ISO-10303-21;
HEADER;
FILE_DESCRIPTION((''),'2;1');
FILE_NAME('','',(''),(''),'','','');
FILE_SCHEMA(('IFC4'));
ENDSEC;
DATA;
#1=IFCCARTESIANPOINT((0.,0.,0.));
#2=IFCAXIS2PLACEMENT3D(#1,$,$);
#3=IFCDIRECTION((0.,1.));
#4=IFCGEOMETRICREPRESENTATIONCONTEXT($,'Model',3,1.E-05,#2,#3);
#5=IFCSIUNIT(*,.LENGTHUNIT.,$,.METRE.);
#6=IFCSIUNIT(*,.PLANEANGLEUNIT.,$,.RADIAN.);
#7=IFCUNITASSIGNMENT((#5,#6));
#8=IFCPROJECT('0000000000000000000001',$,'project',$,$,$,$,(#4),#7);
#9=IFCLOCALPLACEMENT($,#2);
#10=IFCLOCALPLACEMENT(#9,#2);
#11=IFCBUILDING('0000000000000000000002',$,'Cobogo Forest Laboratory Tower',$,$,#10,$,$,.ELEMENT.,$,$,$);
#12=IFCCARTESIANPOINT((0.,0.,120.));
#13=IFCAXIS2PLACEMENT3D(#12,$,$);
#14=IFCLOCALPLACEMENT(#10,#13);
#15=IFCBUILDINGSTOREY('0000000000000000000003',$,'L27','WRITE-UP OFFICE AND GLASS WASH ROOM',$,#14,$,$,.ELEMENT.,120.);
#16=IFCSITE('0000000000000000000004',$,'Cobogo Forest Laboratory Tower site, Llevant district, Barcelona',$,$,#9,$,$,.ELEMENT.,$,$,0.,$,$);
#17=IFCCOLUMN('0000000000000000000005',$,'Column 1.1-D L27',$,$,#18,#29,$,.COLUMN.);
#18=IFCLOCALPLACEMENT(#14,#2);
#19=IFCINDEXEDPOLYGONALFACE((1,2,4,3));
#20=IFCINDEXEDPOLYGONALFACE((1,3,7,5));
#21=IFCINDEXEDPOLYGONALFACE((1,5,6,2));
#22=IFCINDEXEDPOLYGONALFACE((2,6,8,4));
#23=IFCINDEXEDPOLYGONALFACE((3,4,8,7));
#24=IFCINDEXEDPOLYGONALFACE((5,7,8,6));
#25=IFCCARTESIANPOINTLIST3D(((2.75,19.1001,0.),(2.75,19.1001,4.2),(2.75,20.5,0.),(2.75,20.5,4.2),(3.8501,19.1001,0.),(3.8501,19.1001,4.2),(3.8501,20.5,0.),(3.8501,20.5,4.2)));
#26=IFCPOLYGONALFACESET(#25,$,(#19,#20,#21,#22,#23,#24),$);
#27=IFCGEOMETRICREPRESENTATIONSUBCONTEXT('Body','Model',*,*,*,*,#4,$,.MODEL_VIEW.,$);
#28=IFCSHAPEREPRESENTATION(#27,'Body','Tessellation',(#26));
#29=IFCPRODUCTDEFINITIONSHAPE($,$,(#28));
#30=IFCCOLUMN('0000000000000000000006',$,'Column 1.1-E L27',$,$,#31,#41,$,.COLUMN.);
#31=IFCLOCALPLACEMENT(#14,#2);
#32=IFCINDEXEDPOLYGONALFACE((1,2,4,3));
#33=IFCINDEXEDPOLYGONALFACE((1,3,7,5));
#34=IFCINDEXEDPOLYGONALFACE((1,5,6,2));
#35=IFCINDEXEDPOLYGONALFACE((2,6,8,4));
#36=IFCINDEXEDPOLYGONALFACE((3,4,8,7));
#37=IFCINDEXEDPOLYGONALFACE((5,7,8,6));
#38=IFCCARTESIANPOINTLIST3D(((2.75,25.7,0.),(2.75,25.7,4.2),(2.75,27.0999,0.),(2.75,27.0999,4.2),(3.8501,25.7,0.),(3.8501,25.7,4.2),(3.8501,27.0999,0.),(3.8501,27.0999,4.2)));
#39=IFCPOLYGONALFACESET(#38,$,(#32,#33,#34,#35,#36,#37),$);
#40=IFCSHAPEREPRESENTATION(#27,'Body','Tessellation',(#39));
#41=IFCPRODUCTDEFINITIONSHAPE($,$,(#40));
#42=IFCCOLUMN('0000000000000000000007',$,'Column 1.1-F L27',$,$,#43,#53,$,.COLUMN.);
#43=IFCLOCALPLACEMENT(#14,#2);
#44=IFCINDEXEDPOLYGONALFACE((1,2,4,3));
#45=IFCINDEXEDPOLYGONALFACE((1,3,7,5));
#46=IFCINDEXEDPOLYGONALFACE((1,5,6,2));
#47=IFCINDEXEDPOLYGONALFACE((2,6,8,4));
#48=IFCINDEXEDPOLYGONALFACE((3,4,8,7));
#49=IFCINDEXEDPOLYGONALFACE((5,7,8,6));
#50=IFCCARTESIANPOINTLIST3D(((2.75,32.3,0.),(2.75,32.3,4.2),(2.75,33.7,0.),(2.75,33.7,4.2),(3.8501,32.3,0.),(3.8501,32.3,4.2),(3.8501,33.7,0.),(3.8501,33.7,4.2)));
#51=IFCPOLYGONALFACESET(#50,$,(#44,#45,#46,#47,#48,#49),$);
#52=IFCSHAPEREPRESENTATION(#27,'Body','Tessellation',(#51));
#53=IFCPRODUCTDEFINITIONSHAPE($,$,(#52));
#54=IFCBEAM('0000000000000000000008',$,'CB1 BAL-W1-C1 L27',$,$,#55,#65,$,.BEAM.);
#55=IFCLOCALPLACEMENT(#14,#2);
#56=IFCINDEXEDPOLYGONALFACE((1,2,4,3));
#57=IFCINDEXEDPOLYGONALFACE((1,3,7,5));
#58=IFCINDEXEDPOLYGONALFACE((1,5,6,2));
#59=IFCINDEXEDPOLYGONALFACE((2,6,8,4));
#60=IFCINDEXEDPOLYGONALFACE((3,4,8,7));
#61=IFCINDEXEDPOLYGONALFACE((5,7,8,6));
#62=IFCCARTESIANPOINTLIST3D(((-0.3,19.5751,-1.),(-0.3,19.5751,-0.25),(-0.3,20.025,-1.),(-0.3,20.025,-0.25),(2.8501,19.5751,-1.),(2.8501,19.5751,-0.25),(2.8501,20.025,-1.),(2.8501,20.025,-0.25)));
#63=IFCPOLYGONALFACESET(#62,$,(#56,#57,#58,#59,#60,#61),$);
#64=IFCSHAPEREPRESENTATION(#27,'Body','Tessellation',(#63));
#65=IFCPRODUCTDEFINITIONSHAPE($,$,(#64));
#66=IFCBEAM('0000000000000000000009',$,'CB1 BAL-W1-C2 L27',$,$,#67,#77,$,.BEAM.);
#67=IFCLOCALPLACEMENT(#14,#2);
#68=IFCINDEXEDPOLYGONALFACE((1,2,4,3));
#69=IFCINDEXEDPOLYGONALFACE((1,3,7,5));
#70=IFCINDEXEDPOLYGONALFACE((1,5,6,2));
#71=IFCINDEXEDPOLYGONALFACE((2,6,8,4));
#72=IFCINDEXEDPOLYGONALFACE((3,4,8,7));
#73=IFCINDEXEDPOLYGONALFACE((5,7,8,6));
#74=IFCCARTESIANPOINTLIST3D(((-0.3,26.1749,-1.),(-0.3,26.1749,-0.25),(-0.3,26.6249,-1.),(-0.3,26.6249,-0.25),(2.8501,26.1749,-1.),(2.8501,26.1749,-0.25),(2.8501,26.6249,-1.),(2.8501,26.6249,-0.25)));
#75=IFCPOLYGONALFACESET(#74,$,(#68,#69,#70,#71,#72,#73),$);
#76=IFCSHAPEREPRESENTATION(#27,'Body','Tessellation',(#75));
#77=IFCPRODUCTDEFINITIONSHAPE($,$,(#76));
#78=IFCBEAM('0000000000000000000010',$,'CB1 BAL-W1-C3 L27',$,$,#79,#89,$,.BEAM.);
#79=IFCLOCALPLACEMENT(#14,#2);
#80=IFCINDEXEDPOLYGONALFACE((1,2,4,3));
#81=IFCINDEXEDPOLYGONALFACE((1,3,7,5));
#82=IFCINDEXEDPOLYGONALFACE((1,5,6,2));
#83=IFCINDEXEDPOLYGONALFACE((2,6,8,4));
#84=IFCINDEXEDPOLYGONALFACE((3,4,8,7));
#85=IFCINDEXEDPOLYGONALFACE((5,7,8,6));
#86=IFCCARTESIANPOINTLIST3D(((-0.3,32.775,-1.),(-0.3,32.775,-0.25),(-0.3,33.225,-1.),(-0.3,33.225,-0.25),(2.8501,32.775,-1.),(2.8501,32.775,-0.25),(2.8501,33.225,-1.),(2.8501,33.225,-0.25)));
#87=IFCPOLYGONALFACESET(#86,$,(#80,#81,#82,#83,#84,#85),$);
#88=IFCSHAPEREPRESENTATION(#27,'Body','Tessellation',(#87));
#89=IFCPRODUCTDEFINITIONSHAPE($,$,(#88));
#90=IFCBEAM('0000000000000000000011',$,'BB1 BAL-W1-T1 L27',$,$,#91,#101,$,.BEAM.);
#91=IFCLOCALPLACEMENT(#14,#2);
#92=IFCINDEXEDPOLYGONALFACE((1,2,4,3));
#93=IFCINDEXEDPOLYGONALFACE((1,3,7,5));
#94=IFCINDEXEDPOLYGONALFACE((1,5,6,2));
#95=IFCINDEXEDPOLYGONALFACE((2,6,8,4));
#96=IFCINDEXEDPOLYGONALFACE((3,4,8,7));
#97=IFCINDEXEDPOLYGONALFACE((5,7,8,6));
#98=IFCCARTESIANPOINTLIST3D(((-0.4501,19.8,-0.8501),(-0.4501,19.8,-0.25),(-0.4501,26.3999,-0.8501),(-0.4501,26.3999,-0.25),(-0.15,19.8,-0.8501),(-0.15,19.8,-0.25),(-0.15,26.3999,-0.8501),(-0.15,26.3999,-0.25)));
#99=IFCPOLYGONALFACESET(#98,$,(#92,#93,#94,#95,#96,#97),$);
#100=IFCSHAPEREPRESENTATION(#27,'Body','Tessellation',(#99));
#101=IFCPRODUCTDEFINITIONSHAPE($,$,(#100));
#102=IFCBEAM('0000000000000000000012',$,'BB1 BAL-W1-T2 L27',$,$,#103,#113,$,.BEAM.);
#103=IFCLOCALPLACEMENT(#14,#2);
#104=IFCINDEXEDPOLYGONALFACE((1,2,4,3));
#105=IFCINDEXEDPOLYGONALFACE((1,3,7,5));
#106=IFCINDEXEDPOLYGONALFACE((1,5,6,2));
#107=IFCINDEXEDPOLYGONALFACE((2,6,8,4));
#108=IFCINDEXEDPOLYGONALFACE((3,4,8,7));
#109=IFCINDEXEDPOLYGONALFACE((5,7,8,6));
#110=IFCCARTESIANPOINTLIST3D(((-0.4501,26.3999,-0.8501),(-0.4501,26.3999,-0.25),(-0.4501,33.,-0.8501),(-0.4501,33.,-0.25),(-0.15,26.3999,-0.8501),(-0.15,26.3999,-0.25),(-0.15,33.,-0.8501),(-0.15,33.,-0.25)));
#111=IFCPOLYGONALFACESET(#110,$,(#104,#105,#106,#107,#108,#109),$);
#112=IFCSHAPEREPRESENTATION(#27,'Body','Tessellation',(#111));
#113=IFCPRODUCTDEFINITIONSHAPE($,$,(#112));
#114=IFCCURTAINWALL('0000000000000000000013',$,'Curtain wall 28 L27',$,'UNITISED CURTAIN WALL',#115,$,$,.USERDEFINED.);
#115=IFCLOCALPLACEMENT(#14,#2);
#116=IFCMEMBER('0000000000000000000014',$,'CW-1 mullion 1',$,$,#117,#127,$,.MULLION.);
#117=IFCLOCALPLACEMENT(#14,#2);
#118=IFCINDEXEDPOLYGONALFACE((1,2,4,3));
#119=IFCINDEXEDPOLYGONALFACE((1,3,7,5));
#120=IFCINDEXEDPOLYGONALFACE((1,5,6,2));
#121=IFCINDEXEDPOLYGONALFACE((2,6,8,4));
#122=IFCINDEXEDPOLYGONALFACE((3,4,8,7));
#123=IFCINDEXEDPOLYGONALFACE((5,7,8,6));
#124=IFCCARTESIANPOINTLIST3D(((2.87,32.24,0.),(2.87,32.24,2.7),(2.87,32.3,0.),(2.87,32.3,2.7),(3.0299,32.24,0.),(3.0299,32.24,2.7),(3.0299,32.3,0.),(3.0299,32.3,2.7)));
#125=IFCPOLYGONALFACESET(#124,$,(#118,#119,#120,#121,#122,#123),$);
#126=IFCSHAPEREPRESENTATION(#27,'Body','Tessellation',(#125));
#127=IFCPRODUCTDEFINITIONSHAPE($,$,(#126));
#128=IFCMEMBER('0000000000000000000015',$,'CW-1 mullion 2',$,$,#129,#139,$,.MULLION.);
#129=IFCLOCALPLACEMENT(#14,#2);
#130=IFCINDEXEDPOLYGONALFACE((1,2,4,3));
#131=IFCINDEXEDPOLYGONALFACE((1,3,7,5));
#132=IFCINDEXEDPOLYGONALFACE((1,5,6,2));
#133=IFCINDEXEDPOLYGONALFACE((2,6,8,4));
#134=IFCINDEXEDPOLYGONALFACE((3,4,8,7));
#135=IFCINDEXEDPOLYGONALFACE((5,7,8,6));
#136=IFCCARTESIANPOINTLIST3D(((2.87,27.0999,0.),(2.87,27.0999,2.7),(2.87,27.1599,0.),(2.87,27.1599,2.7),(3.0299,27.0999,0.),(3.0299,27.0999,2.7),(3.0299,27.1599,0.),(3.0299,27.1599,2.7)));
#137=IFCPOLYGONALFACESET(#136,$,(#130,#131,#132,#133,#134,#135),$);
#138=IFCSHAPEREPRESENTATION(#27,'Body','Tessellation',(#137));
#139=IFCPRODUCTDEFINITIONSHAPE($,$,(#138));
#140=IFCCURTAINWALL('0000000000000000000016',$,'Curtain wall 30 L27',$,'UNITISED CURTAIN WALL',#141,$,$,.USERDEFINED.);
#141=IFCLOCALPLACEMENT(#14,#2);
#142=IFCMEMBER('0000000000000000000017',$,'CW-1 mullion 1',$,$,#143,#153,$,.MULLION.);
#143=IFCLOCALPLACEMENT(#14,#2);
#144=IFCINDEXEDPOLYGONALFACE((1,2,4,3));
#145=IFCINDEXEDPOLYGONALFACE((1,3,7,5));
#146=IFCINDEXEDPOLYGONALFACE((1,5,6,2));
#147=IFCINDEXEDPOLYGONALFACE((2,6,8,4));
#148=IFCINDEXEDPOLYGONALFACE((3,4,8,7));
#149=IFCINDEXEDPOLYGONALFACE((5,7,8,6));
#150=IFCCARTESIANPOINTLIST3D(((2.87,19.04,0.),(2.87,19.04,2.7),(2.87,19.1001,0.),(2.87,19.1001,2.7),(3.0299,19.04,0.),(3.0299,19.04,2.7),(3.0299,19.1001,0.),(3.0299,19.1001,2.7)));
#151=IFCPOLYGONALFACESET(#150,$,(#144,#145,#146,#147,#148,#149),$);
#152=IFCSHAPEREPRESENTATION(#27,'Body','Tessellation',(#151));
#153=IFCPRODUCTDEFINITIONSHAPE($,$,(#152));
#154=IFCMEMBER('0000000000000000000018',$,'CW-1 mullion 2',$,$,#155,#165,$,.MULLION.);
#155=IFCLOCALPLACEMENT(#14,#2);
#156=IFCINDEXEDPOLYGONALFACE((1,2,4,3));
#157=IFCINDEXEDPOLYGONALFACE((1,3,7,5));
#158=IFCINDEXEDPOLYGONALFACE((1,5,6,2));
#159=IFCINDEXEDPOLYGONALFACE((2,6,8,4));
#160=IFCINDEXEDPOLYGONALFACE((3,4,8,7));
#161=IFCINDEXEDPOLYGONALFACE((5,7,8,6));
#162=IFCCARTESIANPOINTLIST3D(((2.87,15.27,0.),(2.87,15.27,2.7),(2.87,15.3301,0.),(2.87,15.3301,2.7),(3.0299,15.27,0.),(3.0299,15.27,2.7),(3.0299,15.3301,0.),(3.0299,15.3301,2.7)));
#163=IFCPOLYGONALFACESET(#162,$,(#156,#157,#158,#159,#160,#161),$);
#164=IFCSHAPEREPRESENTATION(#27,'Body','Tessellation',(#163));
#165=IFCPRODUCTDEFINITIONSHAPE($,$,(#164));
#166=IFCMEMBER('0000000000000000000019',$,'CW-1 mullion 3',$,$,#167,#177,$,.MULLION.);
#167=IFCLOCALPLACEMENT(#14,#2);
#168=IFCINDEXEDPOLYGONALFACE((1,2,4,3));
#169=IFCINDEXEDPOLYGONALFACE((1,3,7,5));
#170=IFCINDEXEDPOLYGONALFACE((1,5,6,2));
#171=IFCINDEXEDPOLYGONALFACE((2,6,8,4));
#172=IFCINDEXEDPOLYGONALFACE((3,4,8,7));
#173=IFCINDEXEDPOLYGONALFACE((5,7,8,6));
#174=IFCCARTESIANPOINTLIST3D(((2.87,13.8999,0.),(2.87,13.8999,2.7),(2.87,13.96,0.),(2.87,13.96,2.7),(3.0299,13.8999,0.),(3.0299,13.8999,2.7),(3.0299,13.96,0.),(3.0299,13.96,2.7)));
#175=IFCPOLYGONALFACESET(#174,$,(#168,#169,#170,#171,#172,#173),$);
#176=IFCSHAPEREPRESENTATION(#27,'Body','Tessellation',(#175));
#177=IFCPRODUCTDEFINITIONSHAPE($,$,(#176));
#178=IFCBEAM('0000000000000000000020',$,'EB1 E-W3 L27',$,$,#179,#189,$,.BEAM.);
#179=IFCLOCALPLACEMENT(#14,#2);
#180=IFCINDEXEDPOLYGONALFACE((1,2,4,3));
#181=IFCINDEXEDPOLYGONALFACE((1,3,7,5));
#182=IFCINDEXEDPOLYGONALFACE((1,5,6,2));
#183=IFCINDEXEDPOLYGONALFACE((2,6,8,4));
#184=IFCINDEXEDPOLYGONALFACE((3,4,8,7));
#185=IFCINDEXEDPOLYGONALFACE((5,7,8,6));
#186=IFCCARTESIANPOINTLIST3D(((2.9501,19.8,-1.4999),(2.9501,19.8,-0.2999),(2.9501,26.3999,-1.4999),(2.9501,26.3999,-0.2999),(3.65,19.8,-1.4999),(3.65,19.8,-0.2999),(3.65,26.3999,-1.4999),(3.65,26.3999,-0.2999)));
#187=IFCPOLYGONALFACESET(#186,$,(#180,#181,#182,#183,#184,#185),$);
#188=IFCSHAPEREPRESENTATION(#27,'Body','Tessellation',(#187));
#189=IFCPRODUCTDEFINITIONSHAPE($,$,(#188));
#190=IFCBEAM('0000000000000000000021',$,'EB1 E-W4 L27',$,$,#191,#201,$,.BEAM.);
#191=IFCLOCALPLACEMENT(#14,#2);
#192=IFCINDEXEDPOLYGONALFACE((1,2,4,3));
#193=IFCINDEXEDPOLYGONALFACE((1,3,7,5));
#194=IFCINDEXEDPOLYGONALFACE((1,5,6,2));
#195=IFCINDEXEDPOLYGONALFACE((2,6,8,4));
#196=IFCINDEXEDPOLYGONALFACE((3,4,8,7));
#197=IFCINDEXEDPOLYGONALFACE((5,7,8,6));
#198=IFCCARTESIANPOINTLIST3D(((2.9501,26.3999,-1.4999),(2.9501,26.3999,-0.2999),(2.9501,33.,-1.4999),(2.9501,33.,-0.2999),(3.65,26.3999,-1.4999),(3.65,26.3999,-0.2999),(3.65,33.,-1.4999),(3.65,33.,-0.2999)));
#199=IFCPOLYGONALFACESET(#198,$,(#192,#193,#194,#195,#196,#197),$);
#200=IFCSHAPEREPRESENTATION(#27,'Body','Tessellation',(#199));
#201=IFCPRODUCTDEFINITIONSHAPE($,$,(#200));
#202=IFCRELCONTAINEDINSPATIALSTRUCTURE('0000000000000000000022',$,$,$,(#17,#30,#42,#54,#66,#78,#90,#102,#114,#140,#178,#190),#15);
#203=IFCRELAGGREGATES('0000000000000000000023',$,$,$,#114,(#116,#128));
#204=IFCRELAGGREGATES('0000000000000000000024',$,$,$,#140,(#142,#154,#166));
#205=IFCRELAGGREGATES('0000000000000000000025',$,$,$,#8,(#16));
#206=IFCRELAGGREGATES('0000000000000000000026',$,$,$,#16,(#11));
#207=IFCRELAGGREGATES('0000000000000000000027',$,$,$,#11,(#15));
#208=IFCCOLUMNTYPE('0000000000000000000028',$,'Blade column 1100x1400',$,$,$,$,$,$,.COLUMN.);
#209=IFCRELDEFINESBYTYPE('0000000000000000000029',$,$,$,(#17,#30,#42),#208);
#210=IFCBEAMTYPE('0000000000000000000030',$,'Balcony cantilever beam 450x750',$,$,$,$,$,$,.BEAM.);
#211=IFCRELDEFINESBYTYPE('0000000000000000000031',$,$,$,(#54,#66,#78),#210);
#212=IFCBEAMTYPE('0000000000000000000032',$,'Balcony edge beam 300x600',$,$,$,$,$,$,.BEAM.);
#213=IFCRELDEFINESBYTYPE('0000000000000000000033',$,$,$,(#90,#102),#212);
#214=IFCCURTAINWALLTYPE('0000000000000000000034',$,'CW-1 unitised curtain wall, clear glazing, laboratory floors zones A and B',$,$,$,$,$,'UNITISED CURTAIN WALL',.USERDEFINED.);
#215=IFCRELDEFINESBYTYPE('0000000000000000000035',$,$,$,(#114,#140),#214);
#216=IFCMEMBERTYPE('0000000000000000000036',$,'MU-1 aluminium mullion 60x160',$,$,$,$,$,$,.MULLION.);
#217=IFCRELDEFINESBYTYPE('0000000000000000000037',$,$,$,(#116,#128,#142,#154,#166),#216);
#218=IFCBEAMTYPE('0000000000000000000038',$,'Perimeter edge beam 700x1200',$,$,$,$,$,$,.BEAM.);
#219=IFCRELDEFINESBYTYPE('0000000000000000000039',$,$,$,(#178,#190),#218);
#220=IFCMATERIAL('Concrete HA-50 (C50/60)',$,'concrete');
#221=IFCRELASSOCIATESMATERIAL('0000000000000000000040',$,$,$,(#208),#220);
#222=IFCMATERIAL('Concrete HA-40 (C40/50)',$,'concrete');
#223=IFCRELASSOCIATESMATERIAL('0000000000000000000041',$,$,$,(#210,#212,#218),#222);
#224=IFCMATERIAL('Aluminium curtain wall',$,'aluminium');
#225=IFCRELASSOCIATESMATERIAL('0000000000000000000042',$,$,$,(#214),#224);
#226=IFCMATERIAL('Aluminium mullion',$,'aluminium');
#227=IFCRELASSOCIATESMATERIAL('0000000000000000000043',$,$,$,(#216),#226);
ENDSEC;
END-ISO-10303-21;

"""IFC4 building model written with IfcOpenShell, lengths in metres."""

from ifc_helpers import new_model, si_unit, direction, frame, origin, origin_2d, place, context, subcontext, project, spatial, rectangle, extrude, material, material_profile, profile_set, type_object, element, aggregate, save


model = new_model("IFC4")

# Units and contexts
model_context = context("Model", 3, precision=1e-05, world=origin(), true_north=direction((0.0, 1.0)))
body_context = subcontext(model_context, "Body", "Model", "MODEL_VIEW")
ifc_project = project(units=[si_unit("LENGTHUNIT", "METRE"), si_unit("PLANEANGLEUNIT", "RADIAN")], contexts=[model_context])

# Site, building, storey
site_placement = place(None, origin())
site = spatial("IfcSite", under=ifc_project, at=site_placement, Name="Cobogo Forest Laboratory Tower site, Llevant district, Barcelona", CompositionType="ELEMENT", RefElevation=0.0)
building_placement = place(site_placement, origin())
building = spatial("IfcBuilding", under=site, at=building_placement, Name="Cobogo Forest Laboratory Tower", CompositionType="ELEMENT")
storey_placement = place(building_placement, frame((0.0, 0.0, 120.0)))
storey = spatial("IfcBuildingStorey", under=building, at=storey_placement, Name="L27", Description="WRITE-UP OFFICE AND GLASS WASH ROOM", CompositionType="ELEMENT", Elevation=120.0)

# Columns
ifc_material_1 = material(Name="Concrete HA-50 (C50/60)", Category="concrete")
ifc_material_profile_1 = material_profile(ifc_material_1, rectangle(XDim=1.3999, YDim=1.1001, at=origin_2d()), Name="RC 1100x1400")
ifc_profile_set_1 = profile_set([ifc_material_profile_1], Name="Concrete HA-50 (C50/60)")
column_type = type_object("IfcColumnType", Name="Blade column 1100x1400", PredefinedType="COLUMN", material=ifc_profile_set_1)
for number, where, z_axis, x_axis, name in (
    (1, (3.3, 19.8, 0.0), (0.0, 0.0, 1.0), (0.0, 1.0, 0.0), "Column 1.1-D L27"),
    (2, (3.3, 26.3999, 0.0), (0.0, 0.0, 1.0), (0.0, 1.0, 0.0), "Column 1.1-E L27"),
    (3, (3.3, 33.0, 0.0), (0.0, 0.0, 1.0), (0.0, 1.0, 0.0), "Column 1.1-F L27"),
):
    element("IfcColumn", number, at=place(storey_placement, frame(where, z_axis=z_axis, x_axis=x_axis)), inside=storey, type_object=column_type, Name=name, PredefinedType="COLUMN", context=body_context, shape_type="SweptSolid", body=[
        extrude(rectangle(XDim=1.3999, YDim=1.1001, at=origin_2d()), origin(), (0.0, 0.0, 1.0), 4.2),
    ])

# Beams
ifc_material_2 = material(Name="Concrete HA-40 (C40/50)", Category="concrete")
ifc_material_profile_2 = material_profile(ifc_material_2, rectangle(XDim=0.45, YDim=0.75, at=origin_2d()), Name="RC 450x750")
ifc_profile_set_2 = profile_set([ifc_material_profile_2], Name="Concrete HA-40 (C40/50)")
beam_type_1 = type_object("IfcBeamType", Name="Balcony cantilever beam 450x750", PredefinedType="BEAM", material=ifc_profile_set_2)
for number, where, z_axis, x_axis, name in (
    (4, (2.8501, 19.8, -0.625), (-1.0, 0.0, 0.0), (0.0, -1.0, 0.0), "CB1 BAL-W1-C1 L27"),
    (5, (2.8501, 26.3999, -0.625), (-1.0, 0.0, 0.0), (0.0, -1.0, 0.0), "CB1 BAL-W1-C2 L27"),
    (6, (2.8501, 33.0, -0.625), (-1.0, 0.0, 0.0), (0.0, -1.0, 0.0), "CB1 BAL-W1-C3 L27"),
):
    element("IfcBeam", number, at=place(storey_placement, frame(where, z_axis=z_axis, x_axis=x_axis)), inside=storey, type_object=beam_type_1, Name=name, PredefinedType="BEAM", context=body_context, shape_type="SweptSolid", body=[
        extrude(rectangle(XDim=0.45, YDim=0.75, at=origin_2d()), origin(), (0.0, 0.0, 1.0), 3.1501),
    ])
ifc_material_profile_3 = material_profile(ifc_material_2, rectangle(XDim=0.3, YDim=0.6001, at=origin_2d()), Name="RC 300x600")
ifc_profile_set_3 = profile_set([ifc_material_profile_3], Name="Concrete HA-40 (C40/50)")
beam_type_2 = type_object("IfcBeamType", Name="Balcony edge beam 300x600", PredefinedType="BEAM", material=ifc_profile_set_3)
beam_1_placement = place(storey_placement, frame((-0.3, 19.8, -0.55), z_axis=(0.0, 1.0, 0.0), x_axis=(-1.0, 0.0, 0.0)))
element("IfcBeam", 7, at=beam_1_placement, inside=storey, type_object=beam_type_2, Name="BB1 BAL-W1-T1 L27", PredefinedType="BEAM", context=body_context, shape_type="SweptSolid", body=[
    extrude(rectangle(XDim=0.3, YDim=0.6001, at=origin_2d()), origin(), (0.0, 0.0, 1.0), 6.5999),
])
beam_2_placement = place(storey_placement, frame((-0.3, 26.3999, -0.55), z_axis=(0.0, 1.0, 0.0), x_axis=(-1.0, 0.0, 0.0)))
element("IfcBeam", 8, at=beam_2_placement, inside=storey, type_object=beam_type_2, Name="BB1 BAL-W1-T2 L27", PredefinedType="BEAM", context=body_context, shape_type="SweptSolid", body=[
    extrude(rectangle(XDim=0.3, YDim=0.6001, at=origin_2d()), origin(), (0.0, 0.0, 1.0), 6.6001),
])

# Curtain walls, members
ifc_material_3 = material(Name="Aluminium curtain wall", Category="aluminium")
curtain_wall_type = type_object("IfcCurtainWallType", Name="CW-1 unitised curtain wall, clear glazing, laboratory floors zones A and B", ElementType="UNITISED CURTAIN WALL", PredefinedType="USERDEFINED", material=ifc_material_3)
curtain_wall_1_placement = place(storey_placement, origin())
curtain_wall_1 = element("IfcCurtainWall", 9, at=curtain_wall_1_placement, inside=storey, type_object=curtain_wall_type, Name="Curtain wall 28 L27", ObjectType="UNITISED CURTAIN WALL", PredefinedType="USERDEFINED")
ifc_material_4 = material(Name="Aluminium mullion", Category="aluminium")
ifc_material_profile_4 = material_profile(ifc_material_4, rectangle(XDim=0.0601, YDim=0.1599, at=origin_2d()), Name="AL 60x160")
ifc_profile_set_4 = profile_set([ifc_material_profile_4], Name="Aluminium mullion")
member_type_1 = type_object("IfcMemberType", Name="MU-1 aluminium mullion 60x160", PredefinedType="MULLION", material=ifc_profile_set_4)
member_1_placement = place(storey_placement, frame((2.95, 32.27, 0.0), z_axis=(0.0, 0.0, 1.0), x_axis=(0.0, -1.0, 0.0)))
member_1 = element("IfcMember", 10, at=member_1_placement, type_object=member_type_1, Name="CW-1 mullion 1", PredefinedType="MULLION", context=body_context, shape_type="SweptSolid", body=[
    extrude(rectangle(XDim=0.0601, YDim=0.1599, at=origin_2d()), origin(), (0.0, 0.0, 1.0), 2.7),
])
member_2_placement = place(storey_placement, frame((2.95, 27.1299, 0.0), z_axis=(0.0, 0.0, 1.0), x_axis=(0.0, -1.0, 0.0)))
member_2 = element("IfcMember", 11, at=member_2_placement, type_object=member_type_1, Name="CW-1 mullion 2", PredefinedType="MULLION", context=body_context, shape_type="SweptSolid", body=[
    extrude(rectangle(XDim=0.0601, YDim=0.1599, at=origin_2d()), origin(), (0.0, 0.0, 1.0), 2.7),
])
curtain_wall_2_placement = place(storey_placement, origin())
curtain_wall_2 = element("IfcCurtainWall", 12, at=curtain_wall_2_placement, inside=storey, type_object=curtain_wall_type, Name="Curtain wall 30 L27", ObjectType="UNITISED CURTAIN WALL", PredefinedType="USERDEFINED")
member_3_placement = place(storey_placement, frame((2.95, 19.0701, 0.0), z_axis=(0.0, 0.0, 1.0), x_axis=(0.0, -1.0, 0.0)))
member_3 = element("IfcMember", 13, at=member_3_placement, type_object=member_type_1, Name="CW-1 mullion 1", PredefinedType="MULLION", context=body_context, shape_type="SweptSolid", body=[
    extrude(rectangle(XDim=0.0601, YDim=0.1599, at=origin_2d()), origin(), (0.0, 0.0, 1.0), 2.7),
])
member_4_placement = place(storey_placement, frame((2.95, 15.3, 0.0), z_axis=(0.0, 0.0, 1.0), x_axis=(0.0, -1.0, 0.0)))
member_4 = element("IfcMember", 14, at=member_4_placement, type_object=member_type_1, Name="CW-1 mullion 2", PredefinedType="MULLION", context=body_context, shape_type="SweptSolid", body=[
    extrude(rectangle(XDim=0.0601, YDim=0.1599, at=origin_2d()), origin(), (0.0, 0.0, 1.0), 2.7),
])
member_5_placement = place(storey_placement, frame((2.95, 13.9299, 0.0), z_axis=(0.0, 0.0, 1.0), x_axis=(0.0, -1.0, 0.0)))
member_5 = element("IfcMember", 15, at=member_5_placement, type_object=member_type_1, Name="CW-1 mullion 3", PredefinedType="MULLION", context=body_context, shape_type="SweptSolid", body=[
    extrude(rectangle(XDim=0.0601, YDim=0.1599, at=origin_2d()), origin(), (0.0, 0.0, 1.0), 2.7),
])

# Beams
ifc_material_profile_5 = material_profile(ifc_material_2, rectangle(XDim=0.7, YDim=1.2, at=origin_2d()), Name="RC 700x1200")
ifc_profile_set_5 = profile_set([ifc_material_profile_5], Name="Concrete HA-40 (C40/50)")
beam_type_3 = type_object("IfcBeamType", Name="Perimeter edge beam 700x1200", PredefinedType="BEAM", material=ifc_profile_set_5)
beam_3_placement = place(storey_placement, frame((3.3, 19.8, -0.8999), z_axis=(0.0, 1.0, 0.0), x_axis=(-1.0, 0.0, 0.0)))
element("IfcBeam", 16, at=beam_3_placement, inside=storey, type_object=beam_type_3, Name="EB1 E-W3 L27", PredefinedType="BEAM", context=body_context, shape_type="SweptSolid", body=[
    extrude(rectangle(XDim=0.7, YDim=1.2, at=origin_2d()), origin(), (0.0, 0.0, 1.0), 6.5999),
])
beam_4_placement = place(storey_placement, frame((3.3, 26.3999, -0.8999), z_axis=(0.0, 1.0, 0.0), x_axis=(-1.0, 0.0, 0.0)))
element("IfcBeam", 17, at=beam_4_placement, inside=storey, type_object=beam_type_3, Name="EB1 E-W4 L27", PredefinedType="BEAM", context=body_context, shape_type="SweptSolid", body=[
    extrude(rectangle(XDim=0.7, YDim=1.2, at=origin_2d()), origin(), (0.0, 0.0, 1.0), 6.6001),
])

aggregate(curtain_wall_1, [member_1, member_2])
aggregate(curtain_wall_2, [member_3, member_4, member_5])

save(model, "model.ifc")
